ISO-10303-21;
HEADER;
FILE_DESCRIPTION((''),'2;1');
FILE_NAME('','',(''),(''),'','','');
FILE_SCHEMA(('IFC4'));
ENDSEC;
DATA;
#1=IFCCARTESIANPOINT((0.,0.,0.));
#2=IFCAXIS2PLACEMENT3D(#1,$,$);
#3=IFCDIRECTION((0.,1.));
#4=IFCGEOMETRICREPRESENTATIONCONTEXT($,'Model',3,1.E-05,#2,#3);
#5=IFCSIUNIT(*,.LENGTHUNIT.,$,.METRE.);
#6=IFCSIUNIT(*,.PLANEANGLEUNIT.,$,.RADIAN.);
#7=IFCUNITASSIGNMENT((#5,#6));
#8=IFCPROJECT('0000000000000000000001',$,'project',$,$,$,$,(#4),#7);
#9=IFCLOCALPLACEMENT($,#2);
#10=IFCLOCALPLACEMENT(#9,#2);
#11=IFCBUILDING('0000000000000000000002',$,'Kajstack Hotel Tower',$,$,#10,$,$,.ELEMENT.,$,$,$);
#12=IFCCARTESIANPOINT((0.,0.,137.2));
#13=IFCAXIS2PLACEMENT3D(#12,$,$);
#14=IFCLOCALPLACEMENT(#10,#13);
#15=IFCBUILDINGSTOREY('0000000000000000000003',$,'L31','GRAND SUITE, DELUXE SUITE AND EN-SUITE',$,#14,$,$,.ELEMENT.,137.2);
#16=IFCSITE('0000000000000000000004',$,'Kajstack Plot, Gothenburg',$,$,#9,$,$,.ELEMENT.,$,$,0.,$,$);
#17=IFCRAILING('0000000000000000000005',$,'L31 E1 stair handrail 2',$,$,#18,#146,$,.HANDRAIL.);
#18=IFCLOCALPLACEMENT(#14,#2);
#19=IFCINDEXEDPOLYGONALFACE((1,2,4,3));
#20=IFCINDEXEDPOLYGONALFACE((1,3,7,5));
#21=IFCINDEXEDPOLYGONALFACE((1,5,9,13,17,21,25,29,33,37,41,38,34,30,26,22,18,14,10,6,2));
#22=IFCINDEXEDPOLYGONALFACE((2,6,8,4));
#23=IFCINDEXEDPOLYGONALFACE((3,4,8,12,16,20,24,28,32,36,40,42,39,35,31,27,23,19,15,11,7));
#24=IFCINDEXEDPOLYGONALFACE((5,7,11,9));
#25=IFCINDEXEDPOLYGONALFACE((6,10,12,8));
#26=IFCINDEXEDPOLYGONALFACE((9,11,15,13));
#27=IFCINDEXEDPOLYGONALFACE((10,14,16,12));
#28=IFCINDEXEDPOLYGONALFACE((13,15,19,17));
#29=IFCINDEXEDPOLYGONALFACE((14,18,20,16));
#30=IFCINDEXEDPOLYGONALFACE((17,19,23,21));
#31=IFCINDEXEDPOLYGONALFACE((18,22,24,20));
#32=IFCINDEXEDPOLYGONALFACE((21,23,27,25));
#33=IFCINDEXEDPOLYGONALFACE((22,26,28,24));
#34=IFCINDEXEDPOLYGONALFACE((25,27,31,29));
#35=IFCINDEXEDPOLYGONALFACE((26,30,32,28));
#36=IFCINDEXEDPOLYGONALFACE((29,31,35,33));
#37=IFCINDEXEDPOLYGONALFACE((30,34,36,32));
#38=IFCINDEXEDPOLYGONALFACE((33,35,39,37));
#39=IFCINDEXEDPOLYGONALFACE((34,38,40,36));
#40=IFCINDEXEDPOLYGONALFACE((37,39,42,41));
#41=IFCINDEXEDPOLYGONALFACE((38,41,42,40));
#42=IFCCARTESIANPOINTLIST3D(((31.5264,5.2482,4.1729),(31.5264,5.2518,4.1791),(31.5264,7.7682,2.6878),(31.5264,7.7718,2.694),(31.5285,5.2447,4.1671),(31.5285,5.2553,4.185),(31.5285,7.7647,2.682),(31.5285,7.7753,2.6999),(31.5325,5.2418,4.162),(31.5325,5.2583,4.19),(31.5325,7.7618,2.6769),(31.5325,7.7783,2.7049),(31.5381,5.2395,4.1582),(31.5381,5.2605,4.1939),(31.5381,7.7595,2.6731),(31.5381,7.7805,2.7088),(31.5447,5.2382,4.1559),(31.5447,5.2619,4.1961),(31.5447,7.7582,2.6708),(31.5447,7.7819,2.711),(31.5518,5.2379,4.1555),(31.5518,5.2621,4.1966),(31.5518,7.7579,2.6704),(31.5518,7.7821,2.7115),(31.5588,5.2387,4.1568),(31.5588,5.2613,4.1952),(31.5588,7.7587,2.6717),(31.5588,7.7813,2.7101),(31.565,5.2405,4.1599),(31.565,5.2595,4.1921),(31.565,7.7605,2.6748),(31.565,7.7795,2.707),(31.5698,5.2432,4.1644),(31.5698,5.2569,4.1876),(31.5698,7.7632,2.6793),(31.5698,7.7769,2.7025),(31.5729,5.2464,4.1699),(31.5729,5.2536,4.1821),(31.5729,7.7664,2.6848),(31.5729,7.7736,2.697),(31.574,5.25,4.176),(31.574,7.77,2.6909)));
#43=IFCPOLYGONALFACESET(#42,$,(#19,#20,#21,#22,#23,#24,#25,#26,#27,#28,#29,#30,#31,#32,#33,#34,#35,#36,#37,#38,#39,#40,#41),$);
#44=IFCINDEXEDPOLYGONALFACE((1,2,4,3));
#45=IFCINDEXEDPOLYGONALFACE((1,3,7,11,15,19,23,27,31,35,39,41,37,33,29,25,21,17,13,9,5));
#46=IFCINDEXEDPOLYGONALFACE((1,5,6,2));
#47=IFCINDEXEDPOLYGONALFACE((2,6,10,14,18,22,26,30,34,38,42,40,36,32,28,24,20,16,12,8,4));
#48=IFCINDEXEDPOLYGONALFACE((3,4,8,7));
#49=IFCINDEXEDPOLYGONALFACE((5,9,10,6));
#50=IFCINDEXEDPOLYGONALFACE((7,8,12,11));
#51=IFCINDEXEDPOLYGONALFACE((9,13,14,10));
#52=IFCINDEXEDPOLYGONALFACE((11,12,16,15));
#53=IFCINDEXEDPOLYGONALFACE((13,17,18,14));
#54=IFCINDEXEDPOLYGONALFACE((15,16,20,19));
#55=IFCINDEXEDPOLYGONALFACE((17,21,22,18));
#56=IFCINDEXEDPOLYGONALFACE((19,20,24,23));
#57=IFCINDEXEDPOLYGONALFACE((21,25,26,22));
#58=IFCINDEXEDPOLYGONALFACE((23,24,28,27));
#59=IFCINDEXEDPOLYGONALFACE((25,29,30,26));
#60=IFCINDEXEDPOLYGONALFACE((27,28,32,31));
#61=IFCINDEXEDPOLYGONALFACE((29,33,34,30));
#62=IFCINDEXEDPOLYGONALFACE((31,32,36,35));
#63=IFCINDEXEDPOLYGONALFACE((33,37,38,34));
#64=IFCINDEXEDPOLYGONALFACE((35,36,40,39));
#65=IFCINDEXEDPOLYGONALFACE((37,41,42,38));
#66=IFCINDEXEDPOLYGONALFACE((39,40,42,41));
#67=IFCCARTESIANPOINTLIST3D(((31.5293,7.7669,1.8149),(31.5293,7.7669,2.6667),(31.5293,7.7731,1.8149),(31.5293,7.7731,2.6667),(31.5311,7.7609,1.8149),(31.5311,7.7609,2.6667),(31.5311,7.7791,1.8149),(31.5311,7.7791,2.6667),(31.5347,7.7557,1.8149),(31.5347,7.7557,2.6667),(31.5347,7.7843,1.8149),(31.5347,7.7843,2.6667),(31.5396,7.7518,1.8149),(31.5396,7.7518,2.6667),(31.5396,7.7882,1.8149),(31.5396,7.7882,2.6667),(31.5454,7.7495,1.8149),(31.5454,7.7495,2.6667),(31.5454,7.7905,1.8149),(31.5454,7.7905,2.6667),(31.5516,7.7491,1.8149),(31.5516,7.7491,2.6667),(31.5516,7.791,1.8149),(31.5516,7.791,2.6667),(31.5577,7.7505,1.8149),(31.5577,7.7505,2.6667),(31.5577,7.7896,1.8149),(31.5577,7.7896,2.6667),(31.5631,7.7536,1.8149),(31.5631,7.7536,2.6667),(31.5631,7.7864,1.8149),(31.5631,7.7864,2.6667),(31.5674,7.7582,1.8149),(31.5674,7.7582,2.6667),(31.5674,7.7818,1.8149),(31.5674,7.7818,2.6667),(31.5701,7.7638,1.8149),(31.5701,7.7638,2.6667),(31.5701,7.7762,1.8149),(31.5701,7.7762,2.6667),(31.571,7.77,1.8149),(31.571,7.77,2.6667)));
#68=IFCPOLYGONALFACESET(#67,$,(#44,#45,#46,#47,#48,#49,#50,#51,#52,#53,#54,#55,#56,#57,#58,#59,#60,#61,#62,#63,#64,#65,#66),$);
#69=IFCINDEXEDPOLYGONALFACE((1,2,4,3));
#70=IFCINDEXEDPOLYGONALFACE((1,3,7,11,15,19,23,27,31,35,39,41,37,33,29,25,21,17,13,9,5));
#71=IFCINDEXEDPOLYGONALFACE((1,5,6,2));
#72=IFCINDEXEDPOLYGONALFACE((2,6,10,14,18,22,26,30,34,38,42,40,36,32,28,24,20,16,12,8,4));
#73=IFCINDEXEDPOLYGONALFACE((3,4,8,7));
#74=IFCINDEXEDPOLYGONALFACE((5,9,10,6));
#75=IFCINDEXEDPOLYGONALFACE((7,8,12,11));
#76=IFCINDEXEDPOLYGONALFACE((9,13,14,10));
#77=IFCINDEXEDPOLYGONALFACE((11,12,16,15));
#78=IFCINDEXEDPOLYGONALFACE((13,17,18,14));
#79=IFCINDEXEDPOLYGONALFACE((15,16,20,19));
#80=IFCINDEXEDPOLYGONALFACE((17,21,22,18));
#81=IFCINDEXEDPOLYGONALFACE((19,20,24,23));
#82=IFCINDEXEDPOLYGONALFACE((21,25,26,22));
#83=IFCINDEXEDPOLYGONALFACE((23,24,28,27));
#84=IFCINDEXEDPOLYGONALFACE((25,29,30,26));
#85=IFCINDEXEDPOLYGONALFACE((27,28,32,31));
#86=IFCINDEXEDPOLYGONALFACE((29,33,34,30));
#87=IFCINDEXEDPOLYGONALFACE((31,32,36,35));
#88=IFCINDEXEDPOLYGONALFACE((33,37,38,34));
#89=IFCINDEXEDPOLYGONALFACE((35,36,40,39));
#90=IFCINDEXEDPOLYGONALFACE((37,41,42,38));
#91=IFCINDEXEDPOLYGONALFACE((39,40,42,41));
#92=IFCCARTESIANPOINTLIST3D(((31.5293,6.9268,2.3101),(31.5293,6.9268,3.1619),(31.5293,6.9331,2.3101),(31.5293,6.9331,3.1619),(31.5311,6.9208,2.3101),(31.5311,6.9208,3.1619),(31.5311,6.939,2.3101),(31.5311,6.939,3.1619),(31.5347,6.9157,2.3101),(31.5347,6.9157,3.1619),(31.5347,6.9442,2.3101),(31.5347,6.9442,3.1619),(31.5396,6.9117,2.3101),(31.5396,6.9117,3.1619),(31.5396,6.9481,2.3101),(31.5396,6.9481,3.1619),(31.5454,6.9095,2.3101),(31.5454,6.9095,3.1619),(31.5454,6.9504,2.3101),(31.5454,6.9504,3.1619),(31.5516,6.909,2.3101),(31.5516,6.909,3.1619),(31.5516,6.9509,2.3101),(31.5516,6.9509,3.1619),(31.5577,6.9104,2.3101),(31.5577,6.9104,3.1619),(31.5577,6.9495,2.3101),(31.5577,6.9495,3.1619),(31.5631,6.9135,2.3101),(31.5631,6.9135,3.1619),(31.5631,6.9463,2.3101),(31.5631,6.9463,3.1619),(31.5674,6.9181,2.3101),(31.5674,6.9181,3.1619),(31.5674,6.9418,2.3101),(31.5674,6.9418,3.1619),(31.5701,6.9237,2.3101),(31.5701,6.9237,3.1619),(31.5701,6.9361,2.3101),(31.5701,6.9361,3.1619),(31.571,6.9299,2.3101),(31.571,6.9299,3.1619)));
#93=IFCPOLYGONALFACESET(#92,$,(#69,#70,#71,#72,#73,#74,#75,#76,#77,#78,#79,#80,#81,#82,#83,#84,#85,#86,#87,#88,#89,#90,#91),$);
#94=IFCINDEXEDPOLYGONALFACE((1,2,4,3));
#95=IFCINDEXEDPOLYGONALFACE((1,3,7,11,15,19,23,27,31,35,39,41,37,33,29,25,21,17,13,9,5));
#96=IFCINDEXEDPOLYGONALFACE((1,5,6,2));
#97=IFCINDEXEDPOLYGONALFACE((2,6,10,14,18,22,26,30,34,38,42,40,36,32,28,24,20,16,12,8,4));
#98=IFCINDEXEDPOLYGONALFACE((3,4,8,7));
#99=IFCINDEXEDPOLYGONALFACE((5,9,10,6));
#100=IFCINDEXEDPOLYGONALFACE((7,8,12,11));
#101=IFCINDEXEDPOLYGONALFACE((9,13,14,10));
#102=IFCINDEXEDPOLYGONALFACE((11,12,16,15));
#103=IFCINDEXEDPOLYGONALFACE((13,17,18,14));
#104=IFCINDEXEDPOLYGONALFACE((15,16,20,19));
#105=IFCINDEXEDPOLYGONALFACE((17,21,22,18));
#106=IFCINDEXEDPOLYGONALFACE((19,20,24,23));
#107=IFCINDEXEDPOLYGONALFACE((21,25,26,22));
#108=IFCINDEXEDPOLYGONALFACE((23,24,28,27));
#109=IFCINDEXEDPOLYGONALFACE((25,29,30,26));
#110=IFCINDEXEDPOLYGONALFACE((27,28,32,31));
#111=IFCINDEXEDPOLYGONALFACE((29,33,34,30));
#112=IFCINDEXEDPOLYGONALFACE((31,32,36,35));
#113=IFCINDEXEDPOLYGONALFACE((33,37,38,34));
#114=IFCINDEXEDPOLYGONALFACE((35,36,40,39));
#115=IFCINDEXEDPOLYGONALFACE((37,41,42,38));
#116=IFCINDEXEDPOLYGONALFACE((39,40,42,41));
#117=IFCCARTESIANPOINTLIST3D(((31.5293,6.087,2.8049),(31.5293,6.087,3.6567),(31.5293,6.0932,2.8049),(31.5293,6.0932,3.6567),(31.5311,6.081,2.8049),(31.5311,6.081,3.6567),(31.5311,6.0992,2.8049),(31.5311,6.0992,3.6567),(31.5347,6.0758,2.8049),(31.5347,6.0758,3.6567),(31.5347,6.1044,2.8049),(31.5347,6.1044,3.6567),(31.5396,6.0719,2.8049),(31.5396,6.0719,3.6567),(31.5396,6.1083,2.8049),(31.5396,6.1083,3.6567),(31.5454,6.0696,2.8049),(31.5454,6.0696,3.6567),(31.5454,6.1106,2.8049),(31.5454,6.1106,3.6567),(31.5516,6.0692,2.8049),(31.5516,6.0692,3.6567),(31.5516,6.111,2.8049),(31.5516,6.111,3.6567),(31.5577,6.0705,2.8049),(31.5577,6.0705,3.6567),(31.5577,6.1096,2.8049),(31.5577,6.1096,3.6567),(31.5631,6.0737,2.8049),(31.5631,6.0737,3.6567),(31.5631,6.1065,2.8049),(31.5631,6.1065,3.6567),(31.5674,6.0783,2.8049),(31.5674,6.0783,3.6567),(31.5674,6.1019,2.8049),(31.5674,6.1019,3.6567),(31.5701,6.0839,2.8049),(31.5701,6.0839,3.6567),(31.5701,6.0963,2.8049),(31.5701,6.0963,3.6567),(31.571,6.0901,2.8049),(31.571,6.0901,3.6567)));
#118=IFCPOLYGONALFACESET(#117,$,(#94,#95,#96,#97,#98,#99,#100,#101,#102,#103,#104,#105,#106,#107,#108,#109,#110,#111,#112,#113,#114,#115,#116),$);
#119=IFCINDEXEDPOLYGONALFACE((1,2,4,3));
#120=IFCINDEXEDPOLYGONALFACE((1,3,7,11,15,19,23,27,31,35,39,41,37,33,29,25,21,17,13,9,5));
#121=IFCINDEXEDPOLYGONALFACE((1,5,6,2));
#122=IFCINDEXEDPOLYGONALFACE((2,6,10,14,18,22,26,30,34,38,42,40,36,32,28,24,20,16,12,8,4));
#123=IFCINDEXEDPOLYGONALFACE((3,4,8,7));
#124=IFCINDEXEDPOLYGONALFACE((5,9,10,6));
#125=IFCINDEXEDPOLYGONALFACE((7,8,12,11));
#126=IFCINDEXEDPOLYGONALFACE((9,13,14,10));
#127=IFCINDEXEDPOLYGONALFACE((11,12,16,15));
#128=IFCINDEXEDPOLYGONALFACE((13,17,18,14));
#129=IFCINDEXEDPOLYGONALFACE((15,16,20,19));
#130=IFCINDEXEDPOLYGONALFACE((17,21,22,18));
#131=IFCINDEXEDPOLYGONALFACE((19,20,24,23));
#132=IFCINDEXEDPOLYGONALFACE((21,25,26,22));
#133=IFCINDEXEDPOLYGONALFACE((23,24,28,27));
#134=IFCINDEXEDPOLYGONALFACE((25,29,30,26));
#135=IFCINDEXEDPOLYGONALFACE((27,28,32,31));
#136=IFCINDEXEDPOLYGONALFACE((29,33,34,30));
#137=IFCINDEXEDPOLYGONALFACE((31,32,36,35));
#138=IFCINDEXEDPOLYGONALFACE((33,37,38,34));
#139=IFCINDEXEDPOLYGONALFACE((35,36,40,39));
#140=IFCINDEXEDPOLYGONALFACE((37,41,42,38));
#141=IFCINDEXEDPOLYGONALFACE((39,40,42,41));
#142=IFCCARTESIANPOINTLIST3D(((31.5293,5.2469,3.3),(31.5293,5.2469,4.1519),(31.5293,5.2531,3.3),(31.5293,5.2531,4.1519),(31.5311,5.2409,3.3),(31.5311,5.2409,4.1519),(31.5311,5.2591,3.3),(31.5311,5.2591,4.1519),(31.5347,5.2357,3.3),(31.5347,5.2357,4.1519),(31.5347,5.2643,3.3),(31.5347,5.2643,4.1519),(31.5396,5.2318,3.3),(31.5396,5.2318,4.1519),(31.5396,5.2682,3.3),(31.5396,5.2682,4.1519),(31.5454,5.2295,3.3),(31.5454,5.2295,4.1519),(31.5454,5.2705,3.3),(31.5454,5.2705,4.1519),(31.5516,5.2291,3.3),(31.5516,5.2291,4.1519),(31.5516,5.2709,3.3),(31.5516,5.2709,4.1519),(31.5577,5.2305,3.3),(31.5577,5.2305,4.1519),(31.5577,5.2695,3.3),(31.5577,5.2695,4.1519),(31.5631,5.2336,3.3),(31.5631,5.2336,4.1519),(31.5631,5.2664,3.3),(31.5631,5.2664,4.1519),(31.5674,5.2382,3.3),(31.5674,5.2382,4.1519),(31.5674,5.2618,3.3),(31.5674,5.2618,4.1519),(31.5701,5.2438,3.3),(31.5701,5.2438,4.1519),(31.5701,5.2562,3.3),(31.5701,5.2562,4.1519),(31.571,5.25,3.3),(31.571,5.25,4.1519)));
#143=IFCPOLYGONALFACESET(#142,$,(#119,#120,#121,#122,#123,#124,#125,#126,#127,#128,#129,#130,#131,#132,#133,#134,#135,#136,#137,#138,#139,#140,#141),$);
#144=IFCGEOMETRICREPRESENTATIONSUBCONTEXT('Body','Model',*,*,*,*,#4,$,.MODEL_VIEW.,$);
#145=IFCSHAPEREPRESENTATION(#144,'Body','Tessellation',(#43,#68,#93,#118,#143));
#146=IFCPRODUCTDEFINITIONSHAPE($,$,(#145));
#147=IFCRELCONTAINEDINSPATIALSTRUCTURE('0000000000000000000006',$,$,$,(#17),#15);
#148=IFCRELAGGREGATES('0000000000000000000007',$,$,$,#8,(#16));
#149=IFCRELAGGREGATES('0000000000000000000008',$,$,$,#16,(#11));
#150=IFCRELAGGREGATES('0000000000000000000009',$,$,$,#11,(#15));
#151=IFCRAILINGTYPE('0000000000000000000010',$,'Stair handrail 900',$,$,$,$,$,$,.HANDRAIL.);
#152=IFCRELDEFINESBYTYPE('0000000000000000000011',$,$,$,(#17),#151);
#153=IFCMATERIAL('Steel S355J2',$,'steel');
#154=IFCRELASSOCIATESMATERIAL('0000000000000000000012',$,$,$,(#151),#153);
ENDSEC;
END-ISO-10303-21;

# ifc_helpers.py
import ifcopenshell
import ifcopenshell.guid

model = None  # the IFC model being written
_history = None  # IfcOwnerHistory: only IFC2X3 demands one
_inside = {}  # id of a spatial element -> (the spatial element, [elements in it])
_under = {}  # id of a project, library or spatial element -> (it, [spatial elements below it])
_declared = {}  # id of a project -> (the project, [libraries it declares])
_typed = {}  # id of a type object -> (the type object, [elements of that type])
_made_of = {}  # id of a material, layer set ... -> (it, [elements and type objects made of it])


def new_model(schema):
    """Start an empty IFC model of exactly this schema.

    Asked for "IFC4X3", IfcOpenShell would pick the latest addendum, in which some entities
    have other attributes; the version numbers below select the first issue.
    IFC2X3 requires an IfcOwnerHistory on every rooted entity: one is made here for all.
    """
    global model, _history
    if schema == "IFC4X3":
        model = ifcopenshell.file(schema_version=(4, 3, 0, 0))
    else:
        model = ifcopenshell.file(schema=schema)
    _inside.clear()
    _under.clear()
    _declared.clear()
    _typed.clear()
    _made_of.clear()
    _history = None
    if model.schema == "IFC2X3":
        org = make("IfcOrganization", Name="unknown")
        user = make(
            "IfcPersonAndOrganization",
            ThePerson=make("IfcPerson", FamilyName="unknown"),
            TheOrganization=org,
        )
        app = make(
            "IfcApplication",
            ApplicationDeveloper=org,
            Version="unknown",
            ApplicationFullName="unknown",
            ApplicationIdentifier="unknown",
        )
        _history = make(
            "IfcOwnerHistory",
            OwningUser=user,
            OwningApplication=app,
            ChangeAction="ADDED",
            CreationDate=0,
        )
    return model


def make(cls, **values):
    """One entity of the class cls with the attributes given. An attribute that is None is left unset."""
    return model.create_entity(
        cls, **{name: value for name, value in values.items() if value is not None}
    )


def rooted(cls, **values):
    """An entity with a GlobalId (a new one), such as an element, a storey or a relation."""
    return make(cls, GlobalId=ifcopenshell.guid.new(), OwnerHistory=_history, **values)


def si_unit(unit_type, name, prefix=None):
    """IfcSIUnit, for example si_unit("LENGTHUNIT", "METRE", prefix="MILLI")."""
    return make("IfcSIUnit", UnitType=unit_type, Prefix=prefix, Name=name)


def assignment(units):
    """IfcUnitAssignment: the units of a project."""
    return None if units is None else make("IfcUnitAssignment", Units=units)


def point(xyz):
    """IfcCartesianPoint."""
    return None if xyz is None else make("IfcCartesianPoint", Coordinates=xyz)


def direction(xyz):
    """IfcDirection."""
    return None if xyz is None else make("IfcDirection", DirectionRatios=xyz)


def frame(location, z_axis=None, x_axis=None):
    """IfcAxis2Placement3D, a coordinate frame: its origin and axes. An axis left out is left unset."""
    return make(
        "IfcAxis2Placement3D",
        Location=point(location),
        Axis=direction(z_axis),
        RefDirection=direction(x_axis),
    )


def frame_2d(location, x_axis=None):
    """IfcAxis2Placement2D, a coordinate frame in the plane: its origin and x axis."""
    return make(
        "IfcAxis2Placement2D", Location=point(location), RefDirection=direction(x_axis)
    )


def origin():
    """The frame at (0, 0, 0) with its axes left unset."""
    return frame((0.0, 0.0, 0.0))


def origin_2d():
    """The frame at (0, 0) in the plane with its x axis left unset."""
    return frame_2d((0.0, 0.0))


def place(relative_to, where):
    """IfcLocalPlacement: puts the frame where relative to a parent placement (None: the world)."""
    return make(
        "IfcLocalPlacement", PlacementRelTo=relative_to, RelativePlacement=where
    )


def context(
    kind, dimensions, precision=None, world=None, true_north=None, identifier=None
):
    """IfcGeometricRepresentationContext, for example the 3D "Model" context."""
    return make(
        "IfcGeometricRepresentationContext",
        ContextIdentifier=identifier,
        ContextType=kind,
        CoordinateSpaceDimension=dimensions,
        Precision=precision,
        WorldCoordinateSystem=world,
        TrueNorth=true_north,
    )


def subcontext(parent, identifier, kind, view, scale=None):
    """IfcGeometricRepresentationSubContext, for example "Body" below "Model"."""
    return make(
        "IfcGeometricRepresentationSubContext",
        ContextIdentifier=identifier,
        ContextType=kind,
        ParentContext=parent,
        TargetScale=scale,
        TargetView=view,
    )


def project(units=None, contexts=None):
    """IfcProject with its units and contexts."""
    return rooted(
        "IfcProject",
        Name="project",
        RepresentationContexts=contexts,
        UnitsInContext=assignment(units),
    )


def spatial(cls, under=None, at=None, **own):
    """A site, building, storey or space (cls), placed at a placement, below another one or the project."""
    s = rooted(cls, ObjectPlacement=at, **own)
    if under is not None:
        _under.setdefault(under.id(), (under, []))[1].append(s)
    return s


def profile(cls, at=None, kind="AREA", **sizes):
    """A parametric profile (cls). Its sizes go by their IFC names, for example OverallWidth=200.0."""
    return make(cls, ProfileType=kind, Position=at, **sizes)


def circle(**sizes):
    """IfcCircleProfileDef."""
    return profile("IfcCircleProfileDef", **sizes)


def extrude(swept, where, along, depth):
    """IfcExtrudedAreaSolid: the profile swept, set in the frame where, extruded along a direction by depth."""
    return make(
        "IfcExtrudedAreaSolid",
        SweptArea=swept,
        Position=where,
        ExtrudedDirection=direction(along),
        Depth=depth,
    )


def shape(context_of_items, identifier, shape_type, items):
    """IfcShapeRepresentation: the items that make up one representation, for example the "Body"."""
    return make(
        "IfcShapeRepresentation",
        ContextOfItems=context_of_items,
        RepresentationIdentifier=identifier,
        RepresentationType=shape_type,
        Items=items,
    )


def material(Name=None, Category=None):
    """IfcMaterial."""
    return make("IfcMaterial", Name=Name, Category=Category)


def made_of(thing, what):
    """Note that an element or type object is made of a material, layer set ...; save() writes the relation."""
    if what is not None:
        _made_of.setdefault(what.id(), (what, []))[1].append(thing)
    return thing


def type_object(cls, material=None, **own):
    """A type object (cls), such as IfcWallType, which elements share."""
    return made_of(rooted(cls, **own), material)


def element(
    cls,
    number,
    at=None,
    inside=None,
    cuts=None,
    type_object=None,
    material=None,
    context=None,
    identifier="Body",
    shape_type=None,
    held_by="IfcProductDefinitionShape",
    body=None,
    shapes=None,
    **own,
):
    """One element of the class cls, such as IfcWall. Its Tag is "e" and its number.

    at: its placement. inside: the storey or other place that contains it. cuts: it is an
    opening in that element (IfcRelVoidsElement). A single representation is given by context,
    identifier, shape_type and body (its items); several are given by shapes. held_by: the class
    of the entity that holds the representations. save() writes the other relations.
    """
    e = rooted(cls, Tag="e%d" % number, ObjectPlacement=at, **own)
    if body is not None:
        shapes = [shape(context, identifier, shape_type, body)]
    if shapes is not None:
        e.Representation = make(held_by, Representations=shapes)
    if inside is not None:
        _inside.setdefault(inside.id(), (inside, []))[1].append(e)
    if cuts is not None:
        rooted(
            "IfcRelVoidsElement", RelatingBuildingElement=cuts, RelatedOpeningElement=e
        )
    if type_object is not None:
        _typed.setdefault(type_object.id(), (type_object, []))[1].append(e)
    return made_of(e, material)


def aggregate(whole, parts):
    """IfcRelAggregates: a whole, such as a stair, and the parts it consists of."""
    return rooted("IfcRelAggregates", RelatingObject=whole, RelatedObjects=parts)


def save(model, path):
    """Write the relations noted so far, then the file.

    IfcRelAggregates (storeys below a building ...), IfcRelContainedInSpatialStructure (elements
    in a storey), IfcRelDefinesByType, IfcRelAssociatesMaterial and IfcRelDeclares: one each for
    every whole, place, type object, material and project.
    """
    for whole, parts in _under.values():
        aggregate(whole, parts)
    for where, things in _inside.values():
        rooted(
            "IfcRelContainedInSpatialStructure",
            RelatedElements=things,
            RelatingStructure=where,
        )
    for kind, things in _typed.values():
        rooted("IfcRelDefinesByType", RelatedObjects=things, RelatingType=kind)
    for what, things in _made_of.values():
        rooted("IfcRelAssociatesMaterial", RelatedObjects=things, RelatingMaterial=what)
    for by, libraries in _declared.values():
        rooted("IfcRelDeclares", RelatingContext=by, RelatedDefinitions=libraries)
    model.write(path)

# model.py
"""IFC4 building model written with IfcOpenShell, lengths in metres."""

from ifc_helpers import new_model, si_unit, direction, frame, origin, origin_2d, place, context, subcontext, project, spatial, circle, extrude, material, type_object, element, save


model = new_model("IFC4")

# Units and contexts
model_context = context("Model", 3, precision=1e-05, world=origin(), true_north=direction((0.0, 1.0)))
body_context = subcontext(model_context, "Body", "Model", "MODEL_VIEW")
ifc_project = project(units=[si_unit("LENGTHUNIT", "METRE"), si_unit("PLANEANGLEUNIT", "RADIAN")], contexts=[model_context])

# Site, building, storey
site_placement = place(None, origin())
site = spatial("IfcSite", under=ifc_project, at=site_placement, Name="Kajstack Plot, Gothenburg", CompositionType="ELEMENT", RefElevation=0.0)
building_placement = place(site_placement, origin())
building = spatial("IfcBuilding", under=site, at=building_placement, Name="Kajstack Hotel Tower", CompositionType="ELEMENT")
storey_placement = place(building_placement, frame((0.0, 0.0, 137.2)))
storey = spatial("IfcBuildingStorey", under=building, at=storey_placement, Name="L31", Description="GRAND SUITE, DELUXE SUITE AND EN-SUITE", CompositionType="ELEMENT", Elevation=137.2)

# Railing
ifc_material_1 = material(Name="Steel S355J2", Category="steel")
railing_type_1 = type_object("IfcRailingType", Name="Stair handrail 900", PredefinedType="HANDRAIL", material=ifc_material_1)
railing_1_placement = place(storey_placement, frame((31.55, 7.77, 1.8149)))
element("IfcRailing", 1, at=railing_1_placement, inside=storey, type_object=railing_type_1, Name="L31 E1 stair handrail 2", PredefinedType="HANDRAIL", context=body_context, shape_type="SweptSolid", body=[
    extrude(circle(Radius=0.0239, at=origin_2d()), frame((0.0, 0.0, 0.876), z_axis=(0.0, -0.861524, 0.507717), x_axis=(1.0, 0.0, 0.0)), (0.0, 0.0, 1.0), 2.925),
    extrude(circle(Radius=0.021, at=origin_2d()), origin(), (0.0, 0.0, 1.0), 0.8518),
    extrude(circle(Radius=0.021, at=origin_2d()), frame((0.0, -0.8401, 0.4951)), (0.0, 0.0, 1.0), 0.8518),
    extrude(circle(Radius=0.021, at=origin_2d()), frame((0.0, -1.6799, 0.99)), (0.0, 0.0, 1.0), 0.8518),
    extrude(circle(Radius=0.021, at=origin_2d()), frame((0.0, -2.52, 1.4851)), (0.0, 0.0, 1.0), 0.8518),
])

save(model, "model.ifc")
